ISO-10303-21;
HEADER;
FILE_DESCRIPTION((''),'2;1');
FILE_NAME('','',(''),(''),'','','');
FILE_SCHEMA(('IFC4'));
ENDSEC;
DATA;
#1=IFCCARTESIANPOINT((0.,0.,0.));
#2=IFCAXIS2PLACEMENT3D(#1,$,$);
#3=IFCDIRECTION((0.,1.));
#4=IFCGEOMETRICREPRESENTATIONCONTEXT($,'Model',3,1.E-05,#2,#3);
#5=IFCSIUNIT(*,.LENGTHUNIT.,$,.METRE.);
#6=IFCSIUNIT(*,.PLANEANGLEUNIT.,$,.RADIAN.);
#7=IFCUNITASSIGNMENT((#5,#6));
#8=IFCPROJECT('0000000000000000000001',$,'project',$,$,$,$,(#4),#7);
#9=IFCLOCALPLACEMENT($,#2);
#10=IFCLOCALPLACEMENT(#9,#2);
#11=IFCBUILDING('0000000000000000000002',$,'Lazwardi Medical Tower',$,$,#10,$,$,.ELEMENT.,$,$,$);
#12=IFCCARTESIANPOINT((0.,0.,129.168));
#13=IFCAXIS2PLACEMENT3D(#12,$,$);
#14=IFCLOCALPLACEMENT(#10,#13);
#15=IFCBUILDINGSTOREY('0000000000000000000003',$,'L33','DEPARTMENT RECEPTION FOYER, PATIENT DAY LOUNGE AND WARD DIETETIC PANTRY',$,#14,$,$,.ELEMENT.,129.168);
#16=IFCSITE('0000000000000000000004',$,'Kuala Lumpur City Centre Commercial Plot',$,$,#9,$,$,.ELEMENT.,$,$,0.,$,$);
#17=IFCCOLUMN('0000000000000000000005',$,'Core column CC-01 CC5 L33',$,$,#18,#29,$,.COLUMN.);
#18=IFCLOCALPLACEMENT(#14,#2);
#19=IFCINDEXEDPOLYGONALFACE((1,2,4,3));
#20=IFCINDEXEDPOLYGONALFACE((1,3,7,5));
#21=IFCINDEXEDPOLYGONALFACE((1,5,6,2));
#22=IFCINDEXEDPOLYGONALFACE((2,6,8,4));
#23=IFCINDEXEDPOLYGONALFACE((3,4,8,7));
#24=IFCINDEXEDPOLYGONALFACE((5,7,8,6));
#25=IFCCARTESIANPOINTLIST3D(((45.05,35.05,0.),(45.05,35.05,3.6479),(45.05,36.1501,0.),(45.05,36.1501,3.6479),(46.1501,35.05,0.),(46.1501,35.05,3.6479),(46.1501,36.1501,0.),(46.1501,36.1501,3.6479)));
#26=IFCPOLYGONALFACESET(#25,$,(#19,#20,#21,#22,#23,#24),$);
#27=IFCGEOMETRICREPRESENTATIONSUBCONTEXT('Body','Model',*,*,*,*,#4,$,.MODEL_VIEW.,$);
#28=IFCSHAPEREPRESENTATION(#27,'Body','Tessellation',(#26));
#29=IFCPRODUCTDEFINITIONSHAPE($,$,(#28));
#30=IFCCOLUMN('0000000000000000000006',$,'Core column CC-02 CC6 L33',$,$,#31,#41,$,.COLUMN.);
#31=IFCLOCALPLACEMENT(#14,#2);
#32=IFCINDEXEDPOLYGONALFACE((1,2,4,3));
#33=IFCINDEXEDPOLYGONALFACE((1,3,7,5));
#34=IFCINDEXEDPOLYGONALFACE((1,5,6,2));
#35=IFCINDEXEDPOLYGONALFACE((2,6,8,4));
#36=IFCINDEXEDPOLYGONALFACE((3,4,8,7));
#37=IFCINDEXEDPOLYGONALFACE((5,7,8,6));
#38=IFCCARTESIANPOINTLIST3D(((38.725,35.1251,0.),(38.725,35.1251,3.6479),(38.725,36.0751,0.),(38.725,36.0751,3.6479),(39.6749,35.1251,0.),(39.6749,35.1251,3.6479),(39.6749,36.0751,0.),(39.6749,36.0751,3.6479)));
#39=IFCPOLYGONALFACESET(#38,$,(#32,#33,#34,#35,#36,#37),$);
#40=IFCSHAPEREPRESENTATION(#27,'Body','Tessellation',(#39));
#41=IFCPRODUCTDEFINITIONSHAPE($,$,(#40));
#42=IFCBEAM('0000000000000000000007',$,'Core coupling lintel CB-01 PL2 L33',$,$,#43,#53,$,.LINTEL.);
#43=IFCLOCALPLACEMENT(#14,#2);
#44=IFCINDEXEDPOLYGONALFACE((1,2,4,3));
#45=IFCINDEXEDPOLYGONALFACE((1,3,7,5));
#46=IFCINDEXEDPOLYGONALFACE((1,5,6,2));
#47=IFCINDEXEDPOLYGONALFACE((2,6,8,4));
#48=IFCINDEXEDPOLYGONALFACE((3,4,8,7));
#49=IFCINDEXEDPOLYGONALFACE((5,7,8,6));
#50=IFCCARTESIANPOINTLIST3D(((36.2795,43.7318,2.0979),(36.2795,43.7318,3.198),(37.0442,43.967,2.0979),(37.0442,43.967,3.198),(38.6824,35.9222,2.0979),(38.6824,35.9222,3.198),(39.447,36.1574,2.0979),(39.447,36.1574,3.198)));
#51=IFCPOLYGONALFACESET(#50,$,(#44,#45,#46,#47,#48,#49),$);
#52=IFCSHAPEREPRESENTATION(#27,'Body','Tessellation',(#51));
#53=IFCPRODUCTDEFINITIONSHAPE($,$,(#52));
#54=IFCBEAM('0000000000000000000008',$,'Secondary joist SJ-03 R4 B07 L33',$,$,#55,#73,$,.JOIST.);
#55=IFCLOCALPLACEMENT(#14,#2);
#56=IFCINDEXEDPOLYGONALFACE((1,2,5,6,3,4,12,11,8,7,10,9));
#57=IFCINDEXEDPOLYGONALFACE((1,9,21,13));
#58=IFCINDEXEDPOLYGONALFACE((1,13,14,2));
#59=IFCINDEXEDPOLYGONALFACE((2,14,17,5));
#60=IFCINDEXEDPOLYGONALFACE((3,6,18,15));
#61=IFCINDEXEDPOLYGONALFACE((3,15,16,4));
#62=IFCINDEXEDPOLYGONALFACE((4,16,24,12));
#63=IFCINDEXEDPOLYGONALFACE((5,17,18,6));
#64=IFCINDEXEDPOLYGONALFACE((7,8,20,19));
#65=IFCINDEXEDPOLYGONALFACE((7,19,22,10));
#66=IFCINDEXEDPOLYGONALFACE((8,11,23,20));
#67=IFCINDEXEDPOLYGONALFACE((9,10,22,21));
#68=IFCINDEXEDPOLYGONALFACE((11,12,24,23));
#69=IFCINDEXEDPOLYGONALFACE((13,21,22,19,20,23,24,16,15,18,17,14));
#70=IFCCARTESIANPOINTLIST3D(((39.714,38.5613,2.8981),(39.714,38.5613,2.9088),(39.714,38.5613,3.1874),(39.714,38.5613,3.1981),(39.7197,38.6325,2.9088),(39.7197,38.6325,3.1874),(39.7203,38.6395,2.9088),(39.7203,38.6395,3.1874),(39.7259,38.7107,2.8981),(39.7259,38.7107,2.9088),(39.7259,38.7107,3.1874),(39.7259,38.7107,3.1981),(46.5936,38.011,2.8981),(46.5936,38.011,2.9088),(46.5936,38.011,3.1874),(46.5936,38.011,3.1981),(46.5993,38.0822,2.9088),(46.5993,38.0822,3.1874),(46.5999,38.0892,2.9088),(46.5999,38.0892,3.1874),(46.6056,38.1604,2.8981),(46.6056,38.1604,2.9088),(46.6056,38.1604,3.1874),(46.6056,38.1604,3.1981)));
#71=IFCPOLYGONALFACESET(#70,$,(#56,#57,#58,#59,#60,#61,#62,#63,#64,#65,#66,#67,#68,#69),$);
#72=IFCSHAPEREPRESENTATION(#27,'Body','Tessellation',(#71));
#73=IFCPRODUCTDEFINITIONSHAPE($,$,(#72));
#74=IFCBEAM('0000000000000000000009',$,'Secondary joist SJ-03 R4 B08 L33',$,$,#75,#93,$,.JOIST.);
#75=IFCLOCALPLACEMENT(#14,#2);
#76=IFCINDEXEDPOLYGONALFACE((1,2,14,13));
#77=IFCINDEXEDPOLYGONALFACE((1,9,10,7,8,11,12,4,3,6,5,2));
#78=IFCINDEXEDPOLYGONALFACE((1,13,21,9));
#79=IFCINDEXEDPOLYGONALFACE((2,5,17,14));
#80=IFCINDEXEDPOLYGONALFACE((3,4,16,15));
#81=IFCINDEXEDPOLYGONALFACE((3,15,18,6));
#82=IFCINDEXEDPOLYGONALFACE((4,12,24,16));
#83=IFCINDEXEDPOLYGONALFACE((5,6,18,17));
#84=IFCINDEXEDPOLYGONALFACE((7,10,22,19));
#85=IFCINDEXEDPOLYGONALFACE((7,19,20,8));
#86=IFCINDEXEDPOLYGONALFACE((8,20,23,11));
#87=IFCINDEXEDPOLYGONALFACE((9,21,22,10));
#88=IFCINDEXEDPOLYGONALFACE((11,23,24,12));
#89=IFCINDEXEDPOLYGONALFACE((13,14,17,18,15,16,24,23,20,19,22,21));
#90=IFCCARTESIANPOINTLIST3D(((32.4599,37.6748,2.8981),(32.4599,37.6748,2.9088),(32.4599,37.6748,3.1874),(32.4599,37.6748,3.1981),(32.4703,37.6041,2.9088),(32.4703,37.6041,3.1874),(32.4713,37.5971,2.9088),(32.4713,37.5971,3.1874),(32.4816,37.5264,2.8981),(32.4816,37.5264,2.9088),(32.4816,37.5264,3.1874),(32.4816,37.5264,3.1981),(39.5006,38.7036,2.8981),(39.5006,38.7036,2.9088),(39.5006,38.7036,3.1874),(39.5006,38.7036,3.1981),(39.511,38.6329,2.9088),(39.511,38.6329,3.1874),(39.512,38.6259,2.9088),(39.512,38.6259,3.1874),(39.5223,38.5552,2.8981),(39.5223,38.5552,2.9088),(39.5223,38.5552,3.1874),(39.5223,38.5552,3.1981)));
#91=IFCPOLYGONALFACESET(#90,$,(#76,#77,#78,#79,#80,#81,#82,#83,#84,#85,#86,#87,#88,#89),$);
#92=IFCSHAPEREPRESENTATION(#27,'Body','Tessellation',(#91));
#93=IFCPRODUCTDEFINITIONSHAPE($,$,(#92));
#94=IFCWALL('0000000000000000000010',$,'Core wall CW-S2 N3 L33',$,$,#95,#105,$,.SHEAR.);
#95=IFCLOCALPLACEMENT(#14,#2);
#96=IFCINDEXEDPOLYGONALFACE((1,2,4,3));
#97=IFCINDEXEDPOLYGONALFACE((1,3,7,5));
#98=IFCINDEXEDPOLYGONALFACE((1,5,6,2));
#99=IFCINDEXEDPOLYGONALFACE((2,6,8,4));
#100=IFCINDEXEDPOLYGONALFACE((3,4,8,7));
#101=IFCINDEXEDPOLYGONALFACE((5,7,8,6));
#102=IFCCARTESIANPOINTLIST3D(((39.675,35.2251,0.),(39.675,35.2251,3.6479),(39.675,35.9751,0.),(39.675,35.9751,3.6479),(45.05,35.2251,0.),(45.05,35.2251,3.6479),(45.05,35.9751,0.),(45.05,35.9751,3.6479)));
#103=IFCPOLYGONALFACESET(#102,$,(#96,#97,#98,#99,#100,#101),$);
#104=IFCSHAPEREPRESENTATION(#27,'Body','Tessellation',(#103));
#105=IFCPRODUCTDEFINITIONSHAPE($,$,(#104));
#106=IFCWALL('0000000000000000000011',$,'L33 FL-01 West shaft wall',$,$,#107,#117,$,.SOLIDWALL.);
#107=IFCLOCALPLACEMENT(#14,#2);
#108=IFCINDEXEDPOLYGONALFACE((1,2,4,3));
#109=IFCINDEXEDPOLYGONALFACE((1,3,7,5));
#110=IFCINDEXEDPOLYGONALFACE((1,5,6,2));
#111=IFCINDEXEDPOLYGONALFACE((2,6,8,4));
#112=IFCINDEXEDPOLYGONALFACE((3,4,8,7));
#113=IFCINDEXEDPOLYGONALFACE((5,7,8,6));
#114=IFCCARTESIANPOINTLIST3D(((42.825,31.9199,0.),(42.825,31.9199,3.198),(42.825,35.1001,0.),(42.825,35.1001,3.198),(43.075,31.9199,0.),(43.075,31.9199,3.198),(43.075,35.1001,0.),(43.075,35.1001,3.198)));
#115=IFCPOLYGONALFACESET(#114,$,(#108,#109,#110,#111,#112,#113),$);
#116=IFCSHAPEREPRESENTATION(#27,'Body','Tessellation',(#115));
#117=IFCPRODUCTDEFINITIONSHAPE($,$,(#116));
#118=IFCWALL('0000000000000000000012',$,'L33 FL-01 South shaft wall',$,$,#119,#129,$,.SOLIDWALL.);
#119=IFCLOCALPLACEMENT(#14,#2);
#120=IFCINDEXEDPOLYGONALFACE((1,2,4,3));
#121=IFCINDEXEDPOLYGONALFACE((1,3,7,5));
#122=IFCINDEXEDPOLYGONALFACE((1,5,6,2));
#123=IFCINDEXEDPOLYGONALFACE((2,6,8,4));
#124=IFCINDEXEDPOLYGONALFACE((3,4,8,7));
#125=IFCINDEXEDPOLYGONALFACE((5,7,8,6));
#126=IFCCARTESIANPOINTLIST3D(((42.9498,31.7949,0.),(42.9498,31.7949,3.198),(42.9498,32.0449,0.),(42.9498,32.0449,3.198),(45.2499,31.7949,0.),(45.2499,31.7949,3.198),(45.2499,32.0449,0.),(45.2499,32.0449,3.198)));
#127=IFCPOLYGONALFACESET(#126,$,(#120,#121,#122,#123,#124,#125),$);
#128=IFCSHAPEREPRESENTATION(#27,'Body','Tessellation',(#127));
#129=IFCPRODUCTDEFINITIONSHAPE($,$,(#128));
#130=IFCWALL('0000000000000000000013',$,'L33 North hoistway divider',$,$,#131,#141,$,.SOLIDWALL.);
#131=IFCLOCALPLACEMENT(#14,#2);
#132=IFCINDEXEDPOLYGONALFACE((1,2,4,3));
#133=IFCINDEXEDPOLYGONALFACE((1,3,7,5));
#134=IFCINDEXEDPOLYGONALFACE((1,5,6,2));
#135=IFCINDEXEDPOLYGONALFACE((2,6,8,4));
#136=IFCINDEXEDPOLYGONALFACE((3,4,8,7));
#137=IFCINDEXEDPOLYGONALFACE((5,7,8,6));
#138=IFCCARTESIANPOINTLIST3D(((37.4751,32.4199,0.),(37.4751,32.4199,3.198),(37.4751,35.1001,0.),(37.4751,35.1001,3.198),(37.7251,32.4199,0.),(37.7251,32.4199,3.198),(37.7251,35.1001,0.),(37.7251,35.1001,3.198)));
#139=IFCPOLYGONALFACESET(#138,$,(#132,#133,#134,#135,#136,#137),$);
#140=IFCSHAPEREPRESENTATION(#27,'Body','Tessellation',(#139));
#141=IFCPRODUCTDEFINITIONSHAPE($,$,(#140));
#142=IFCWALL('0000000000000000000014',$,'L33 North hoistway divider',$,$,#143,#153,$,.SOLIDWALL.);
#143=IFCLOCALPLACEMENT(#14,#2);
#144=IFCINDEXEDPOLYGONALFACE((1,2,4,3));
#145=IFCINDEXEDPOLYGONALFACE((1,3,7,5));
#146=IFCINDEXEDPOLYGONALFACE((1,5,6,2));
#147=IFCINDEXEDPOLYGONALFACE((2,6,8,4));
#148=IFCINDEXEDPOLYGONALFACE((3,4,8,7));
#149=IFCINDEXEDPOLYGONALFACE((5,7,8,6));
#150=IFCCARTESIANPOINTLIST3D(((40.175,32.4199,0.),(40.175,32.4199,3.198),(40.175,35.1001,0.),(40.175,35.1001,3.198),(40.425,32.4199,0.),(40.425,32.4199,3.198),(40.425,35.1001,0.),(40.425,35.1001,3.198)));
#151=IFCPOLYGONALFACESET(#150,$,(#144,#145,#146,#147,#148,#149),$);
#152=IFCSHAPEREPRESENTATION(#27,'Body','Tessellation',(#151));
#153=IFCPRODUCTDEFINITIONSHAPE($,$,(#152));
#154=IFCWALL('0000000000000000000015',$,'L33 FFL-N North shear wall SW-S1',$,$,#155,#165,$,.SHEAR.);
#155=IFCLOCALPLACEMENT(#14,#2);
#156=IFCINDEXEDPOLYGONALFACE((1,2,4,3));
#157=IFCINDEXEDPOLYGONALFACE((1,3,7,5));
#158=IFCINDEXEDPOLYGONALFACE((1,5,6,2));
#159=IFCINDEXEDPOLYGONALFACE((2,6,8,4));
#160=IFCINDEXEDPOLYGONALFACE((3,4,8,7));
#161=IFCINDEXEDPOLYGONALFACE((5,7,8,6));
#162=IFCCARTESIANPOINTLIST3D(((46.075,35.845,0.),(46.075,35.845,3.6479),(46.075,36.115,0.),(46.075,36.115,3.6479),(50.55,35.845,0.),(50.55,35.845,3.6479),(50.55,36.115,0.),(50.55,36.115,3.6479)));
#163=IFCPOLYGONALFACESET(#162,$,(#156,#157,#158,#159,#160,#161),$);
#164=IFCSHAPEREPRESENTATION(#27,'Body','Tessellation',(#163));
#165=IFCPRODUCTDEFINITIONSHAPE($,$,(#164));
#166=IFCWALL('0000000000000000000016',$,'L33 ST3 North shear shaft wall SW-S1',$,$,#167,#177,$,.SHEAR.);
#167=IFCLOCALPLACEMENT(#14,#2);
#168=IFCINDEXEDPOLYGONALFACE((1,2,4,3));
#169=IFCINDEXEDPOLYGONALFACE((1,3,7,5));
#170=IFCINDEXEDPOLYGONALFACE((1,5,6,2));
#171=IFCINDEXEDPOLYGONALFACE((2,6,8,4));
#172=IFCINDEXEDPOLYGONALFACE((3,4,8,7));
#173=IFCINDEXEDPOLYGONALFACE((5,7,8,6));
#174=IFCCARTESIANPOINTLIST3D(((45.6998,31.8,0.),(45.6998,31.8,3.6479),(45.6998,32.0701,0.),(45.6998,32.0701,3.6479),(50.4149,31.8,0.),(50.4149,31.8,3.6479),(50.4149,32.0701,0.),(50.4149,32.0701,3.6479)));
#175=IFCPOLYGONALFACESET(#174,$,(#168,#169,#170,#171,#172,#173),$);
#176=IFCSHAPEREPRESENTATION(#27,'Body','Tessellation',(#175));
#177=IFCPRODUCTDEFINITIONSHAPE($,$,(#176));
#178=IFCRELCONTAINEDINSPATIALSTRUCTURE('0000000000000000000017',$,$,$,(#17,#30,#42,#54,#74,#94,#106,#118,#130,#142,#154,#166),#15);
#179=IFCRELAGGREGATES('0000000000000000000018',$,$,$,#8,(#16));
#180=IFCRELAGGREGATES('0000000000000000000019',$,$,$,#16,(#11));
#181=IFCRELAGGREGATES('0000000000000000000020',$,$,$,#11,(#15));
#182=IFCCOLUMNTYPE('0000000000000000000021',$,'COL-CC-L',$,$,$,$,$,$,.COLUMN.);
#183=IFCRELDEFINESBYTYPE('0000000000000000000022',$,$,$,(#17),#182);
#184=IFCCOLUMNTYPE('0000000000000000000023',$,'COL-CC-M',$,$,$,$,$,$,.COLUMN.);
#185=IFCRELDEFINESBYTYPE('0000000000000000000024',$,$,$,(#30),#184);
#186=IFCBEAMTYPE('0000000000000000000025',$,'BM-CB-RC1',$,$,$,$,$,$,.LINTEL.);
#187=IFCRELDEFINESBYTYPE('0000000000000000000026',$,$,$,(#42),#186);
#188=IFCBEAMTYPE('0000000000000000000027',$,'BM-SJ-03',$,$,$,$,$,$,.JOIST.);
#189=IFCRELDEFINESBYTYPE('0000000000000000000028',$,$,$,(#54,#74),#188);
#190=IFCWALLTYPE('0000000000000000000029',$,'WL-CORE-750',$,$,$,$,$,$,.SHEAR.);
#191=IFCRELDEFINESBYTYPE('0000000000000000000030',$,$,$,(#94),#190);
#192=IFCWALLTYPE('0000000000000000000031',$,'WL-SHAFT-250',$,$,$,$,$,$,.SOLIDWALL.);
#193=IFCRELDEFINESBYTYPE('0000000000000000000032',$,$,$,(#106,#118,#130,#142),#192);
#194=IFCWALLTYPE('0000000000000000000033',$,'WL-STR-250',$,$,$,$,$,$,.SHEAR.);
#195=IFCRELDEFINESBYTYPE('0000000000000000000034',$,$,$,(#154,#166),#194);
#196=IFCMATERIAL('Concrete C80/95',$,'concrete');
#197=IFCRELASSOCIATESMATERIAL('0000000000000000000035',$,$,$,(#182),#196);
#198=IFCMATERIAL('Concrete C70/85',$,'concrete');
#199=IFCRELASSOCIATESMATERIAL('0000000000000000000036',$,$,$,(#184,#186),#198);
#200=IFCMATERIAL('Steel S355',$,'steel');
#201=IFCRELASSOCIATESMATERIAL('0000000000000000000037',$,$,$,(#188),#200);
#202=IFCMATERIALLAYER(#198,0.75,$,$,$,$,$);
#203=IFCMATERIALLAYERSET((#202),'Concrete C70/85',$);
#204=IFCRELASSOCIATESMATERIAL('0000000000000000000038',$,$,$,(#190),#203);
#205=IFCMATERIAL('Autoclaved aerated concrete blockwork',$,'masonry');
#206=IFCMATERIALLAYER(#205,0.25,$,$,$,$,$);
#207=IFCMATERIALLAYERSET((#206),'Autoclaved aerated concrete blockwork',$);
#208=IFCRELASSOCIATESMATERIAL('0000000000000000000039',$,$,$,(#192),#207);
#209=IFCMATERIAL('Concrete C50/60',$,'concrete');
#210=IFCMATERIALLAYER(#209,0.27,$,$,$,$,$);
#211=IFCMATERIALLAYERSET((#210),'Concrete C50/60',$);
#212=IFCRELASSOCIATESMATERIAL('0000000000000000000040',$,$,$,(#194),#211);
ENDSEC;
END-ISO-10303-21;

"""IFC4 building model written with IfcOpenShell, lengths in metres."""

from ifc_helpers import new_model, si_unit, direction, frame, frame_2d, origin, origin_2d, place, context, subcontext, project, spatial, rectangle, i_section, extrude, material, layer, layer_set, material_profile, profile_set, type_object, element, save


model = new_model("IFC4")

# Units and contexts
model_context = context("Model", 3, precision=1e-05, world=origin(), true_north=direction((0.0, 1.0)))
body_context = subcontext(model_context, "Body", "Model", "MODEL_VIEW")
ifc_project = project(units=[si_unit("LENGTHUNIT", "METRE"), si_unit("PLANEANGLEUNIT", "RADIAN")], contexts=[model_context])

# Site, building, storey
site_placement = place(None, origin())
site = spatial("IfcSite", under=ifc_project, at=site_placement, Name="Kuala Lumpur City Centre Commercial Plot", CompositionType="ELEMENT", RefElevation=0.0)
building_placement = place(site_placement, origin())
building = spatial("IfcBuilding", under=site, at=building_placement, Name="Lazwardi Medical Tower", CompositionType="ELEMENT")
storey_placement = place(building_placement, frame((0.0, 0.0, 129.168)))
storey = spatial("IfcBuildingStorey", under=building, at=storey_placement, Name="L33", Description="DEPARTMENT RECEPTION FOYER, PATIENT DAY LOUNGE AND WARD DIETETIC PANTRY", CompositionType="ELEMENT", Elevation=129.168)

# Columns
ifc_material_1 = material(Name="Concrete C80/95", Category="concrete")
ifc_material_profile_1 = material_profile(ifc_material_1, rectangle(XDim=1.1001, YDim=1.1001, at=origin_2d()), Name="RC 1100x1100")
ifc_profile_set_1 = profile_set([ifc_material_profile_1], Name="Concrete C80/95")
column_type_1 = type_object("IfcColumnType", Name="COL-CC-L", PredefinedType="COLUMN", material=ifc_profile_set_1)
column_1_placement = place(storey_placement, frame((45.6001, 35.6001, 0.0), z_axis=(0.0, 0.0, 1.0), x_axis=(1.0, 0.0, 0.0)))
element("IfcColumn", 1, at=column_1_placement, inside=storey, type_object=column_type_1, Name="Core column CC-01 CC5 L33", PredefinedType="COLUMN", context=body_context, shape_type="SweptSolid", body=[
    extrude(rectangle(XDim=1.1001, YDim=1.1001, at=origin_2d()), origin(), (0.0, 0.0, 1.0), 3.6479),
])
ifc_material_2 = material(Name="Concrete C70/85", Category="concrete")
ifc_material_profile_2 = material_profile(ifc_material_2, rectangle(XDim=0.95, YDim=0.95, at=origin_2d()), Name="RC 950x950")
ifc_profile_set_2 = profile_set([ifc_material_profile_2], Name="Concrete C70/85")
column_type_2 = type_object("IfcColumnType", Name="COL-CC-M", PredefinedType="COLUMN", material=ifc_profile_set_2)
column_2_placement = place(storey_placement, frame((39.2, 35.6001, 0.0), z_axis=(0.0, 0.0, 1.0), x_axis=(1.0, 0.0, 0.0)))
element("IfcColumn", 2, at=column_2_placement, inside=storey, type_object=column_type_2, Name="Core column CC-02 CC6 L33", PredefinedType="COLUMN", context=body_context, shape_type="SweptSolid", body=[
    extrude(rectangle(XDim=0.95, YDim=0.95, at=origin_2d()), origin(), (0.0, 0.0, 1.0), 3.6479),
])

# Beams
ifc_material_profile_3 = material_profile(ifc_material_2, rectangle(XDim=0.8, YDim=1.1001, at=origin_2d()), Name="RC 800x1100")
ifc_profile_set_3 = profile_set([ifc_material_profile_3], Name="Concrete C70/85")
beam_type_1 = type_object("IfcBeamType", Name="BM-CB-RC1", PredefinedType="LINTEL", material=ifc_profile_set_3)
beam_1_placement = place(storey_placement, frame((39.0647, 36.0398, 2.6479), z_axis=(-0.294073, 0.955783, 0.0), x_axis=(-0.955783, -0.294073, 0.0)))
element("IfcBeam", 3, at=beam_1_placement, inside=storey, type_object=beam_type_1, Name="Core coupling lintel CB-01 PL2 L33", PredefinedType="LINTEL", context=body_context, shape_type="SweptSolid", body=[
    extrude(rectangle(XDim=0.8, YDim=1.1001, at=origin_2d()), origin(), (0.0, 0.0, 1.0), 8.1709),
])
ifc_material_3 = material(Name="Steel S355", Category="steel")
ifc_material_profile_4 = material_profile(ifc_material_3, i_section(OverallWidth=0.1499, OverallDepth=0.3, WebThickness=0.0071, FlangeThickness=0.0107, at=origin_2d()), Name="IPE 300")
ifc_profile_set_4 = profile_set([ifc_material_profile_4], Name="Steel S355")
beam_type_2 = type_object("IfcBeamType", Name="BM-SJ-03", PredefinedType="JOIST", material=ifc_profile_set_4)
beam_2_placement = place(storey_placement, frame((46.5996, 38.0857, 3.0481), z_axis=(-0.996816, 0.079734, 0.0), x_axis=(-0.079734, -0.996816, 0.0)))
element("IfcBeam", 4, at=beam_2_placement, inside=storey, type_object=beam_type_2, Name="Secondary joist SJ-03 R4 B07 L33", PredefinedType="JOIST", context=body_context, shape_type="SweptSolid", body=[
    extrude(i_section(OverallWidth=0.1499, OverallDepth=0.3, WebThickness=0.0071, FlangeThickness=0.0107, at=origin_2d()), origin(), (0.0, 0.0, 1.0), 6.9016),
])
beam_3_placement = place(storey_placement, frame((39.5115, 38.6294, 3.0481), z_axis=(-0.989492, -0.144586, 0.0), x_axis=(0.144586, -0.989492, 0.0)))
element("IfcBeam", 5, at=beam_3_placement, inside=storey, type_object=beam_type_2, Name="Secondary joist SJ-03 R4 B08 L33", PredefinedType="JOIST", context=body_context, shape_type="SweptSolid", body=[
    extrude(i_section(OverallWidth=0.1499, OverallDepth=0.3, WebThickness=0.0071, FlangeThickness=0.0107, at=origin_2d()), origin(), (0.0, 0.0, 1.0), 7.1155),
])

# Walls
ifc_layer_1 = layer(ifc_material_2, 0.75)
ifc_layer_set_1 = layer_set([ifc_layer_1], Name="Concrete C70/85")
wall_type_1 = type_object("IfcWallType", Name="WL-CORE-750", PredefinedType="SHEAR", material=ifc_layer_set_1)
wall_1_placement = place(storey_placement, frame((39.675, 35.6001, 0.0), z_axis=(0.0, 0.0, 1.0), x_axis=(1.0, 0.0, 0.0)))
element("IfcWall", 6, at=wall_1_placement, inside=storey, type_object=wall_type_1, Name="Core wall CW-S2 N3 L33", PredefinedType="SHEAR", context=body_context, shape_type="SweptSolid", body=[
    extrude(rectangle(XDim=5.375, YDim=0.75, at=frame_2d((2.6875, 0.0))), origin(), (0.0, 0.0, 1.0), 3.6479),
])
ifc_material_4 = material(Name="Autoclaved aerated concrete blockwork", Category="masonry")
ifc_layer_2 = layer(ifc_material_4, 0.25)
ifc_layer_set_2 = layer_set([ifc_layer_2], Name="Autoclaved aerated concrete blockwork")
wall_type_2 = type_object("IfcWallType", Name="WL-SHAFT-250", PredefinedType="SOLIDWALL", material=ifc_layer_set_2)
wall_2_placement = place(storey_placement, frame((42.95, 31.9199, 0.0), z_axis=(0.0, 0.0, 1.0), x_axis=(0.0, 1.0, 0.0)))
element("IfcWall", 7, at=wall_2_placement, inside=storey, type_object=wall_type_2, Name="L33 FL-01 West shaft wall", PredefinedType="SOLIDWALL", context=body_context, shape_type="SweptSolid", body=[
    extrude(rectangle(XDim=3.1802, YDim=0.25, at=frame_2d((1.5901, 0.0))), origin(), (0.0, 0.0, 1.0), 3.198),
])
wall_3_placement = place(storey_placement, frame((42.95, 31.9199, 0.0), z_axis=(0.0, 0.0, 1.0), x_axis=(1.0, 0.0, 0.0)))
element("IfcWall", 8, at=wall_3_placement, inside=storey, type_object=wall_type_2, Name="L33 FL-01 South shaft wall", PredefinedType="SOLIDWALL", context=body_context, shape_type="SweptSolid", body=[
    extrude(rectangle(XDim=2.3, YDim=0.25, at=frame_2d((1.1499, 0.0))), origin(), (0.0, 0.0, 1.0), 3.198),
])
for number, where, z_axis, x_axis, name in (
    (9, (37.6001, 32.4199, 0.0), (0.0, 0.0, 1.0), (0.0, 1.0, 0.0), "L33 North hoistway divider"),
    (10, (40.3, 32.4199, 0.0), (0.0, 0.0, 1.0), (0.0, 1.0, 0.0), "L33 North hoistway divider"),
):
    element("IfcWall", number, at=place(storey_placement, frame(where, z_axis=z_axis, x_axis=x_axis)), inside=storey, type_object=wall_type_2, Name=name, PredefinedType="SOLIDWALL", context=body_context, shape_type="SweptSolid", body=[
        extrude(rectangle(XDim=2.6802, YDim=0.25, at=frame_2d((1.3401, 0.0))), origin(), (0.0, 0.0, 1.0), 3.198),
    ])

# Shared definitions
ifc_material_5 = material(Name="Concrete C50/60", Category="concrete")
ifc_layer_3 = layer(ifc_material_5, 0.27)
ifc_layer_set_3 = layer_set([ifc_layer_3], Name="Concrete C50/60")
wall_type_3 = type_object("IfcWallType", Name="WL-STR-250", PredefinedType="SHEAR", material=ifc_layer_set_3)

# Walls
wall_4_placement = place(storey_placement, frame((46.075, 35.98, 0.0), z_axis=(0.0, 0.0, 1.0), x_axis=(1.0, 0.0, 0.0)))
element("IfcWall", 11, at=wall_4_placement, inside=storey, type_object=wall_type_3, Name="L33 FFL-N North shear wall SW-S1", PredefinedType="SHEAR", context=body_context, shape_type="SweptSolid", body=[
    extrude(rectangle(XDim=4.4751, YDim=0.27, at=frame_2d((2.2375, 0.0))), origin(), (0.0, 0.0, 1.0), 3.6479),
])
wall_5_placement = place(storey_placement, frame((45.7, 31.9351, 0.0), z_axis=(0.0, 0.0, 1.0), x_axis=(1.0, 0.0, 0.0)))
element("IfcWall", 12, at=wall_5_placement, inside=storey, type_object=wall_type_3, Name="L33 ST3 North shear shaft wall SW-S1", PredefinedType="SHEAR", context=body_context, shape_type="SweptSolid", body=[
    extrude(rectangle(XDim=4.7151, YDim=0.27, at=frame_2d((2.3574, 0.0))), origin(), (0.0, 0.0, 1.0), 3.6479),
])

save(model, "model.ifc")
